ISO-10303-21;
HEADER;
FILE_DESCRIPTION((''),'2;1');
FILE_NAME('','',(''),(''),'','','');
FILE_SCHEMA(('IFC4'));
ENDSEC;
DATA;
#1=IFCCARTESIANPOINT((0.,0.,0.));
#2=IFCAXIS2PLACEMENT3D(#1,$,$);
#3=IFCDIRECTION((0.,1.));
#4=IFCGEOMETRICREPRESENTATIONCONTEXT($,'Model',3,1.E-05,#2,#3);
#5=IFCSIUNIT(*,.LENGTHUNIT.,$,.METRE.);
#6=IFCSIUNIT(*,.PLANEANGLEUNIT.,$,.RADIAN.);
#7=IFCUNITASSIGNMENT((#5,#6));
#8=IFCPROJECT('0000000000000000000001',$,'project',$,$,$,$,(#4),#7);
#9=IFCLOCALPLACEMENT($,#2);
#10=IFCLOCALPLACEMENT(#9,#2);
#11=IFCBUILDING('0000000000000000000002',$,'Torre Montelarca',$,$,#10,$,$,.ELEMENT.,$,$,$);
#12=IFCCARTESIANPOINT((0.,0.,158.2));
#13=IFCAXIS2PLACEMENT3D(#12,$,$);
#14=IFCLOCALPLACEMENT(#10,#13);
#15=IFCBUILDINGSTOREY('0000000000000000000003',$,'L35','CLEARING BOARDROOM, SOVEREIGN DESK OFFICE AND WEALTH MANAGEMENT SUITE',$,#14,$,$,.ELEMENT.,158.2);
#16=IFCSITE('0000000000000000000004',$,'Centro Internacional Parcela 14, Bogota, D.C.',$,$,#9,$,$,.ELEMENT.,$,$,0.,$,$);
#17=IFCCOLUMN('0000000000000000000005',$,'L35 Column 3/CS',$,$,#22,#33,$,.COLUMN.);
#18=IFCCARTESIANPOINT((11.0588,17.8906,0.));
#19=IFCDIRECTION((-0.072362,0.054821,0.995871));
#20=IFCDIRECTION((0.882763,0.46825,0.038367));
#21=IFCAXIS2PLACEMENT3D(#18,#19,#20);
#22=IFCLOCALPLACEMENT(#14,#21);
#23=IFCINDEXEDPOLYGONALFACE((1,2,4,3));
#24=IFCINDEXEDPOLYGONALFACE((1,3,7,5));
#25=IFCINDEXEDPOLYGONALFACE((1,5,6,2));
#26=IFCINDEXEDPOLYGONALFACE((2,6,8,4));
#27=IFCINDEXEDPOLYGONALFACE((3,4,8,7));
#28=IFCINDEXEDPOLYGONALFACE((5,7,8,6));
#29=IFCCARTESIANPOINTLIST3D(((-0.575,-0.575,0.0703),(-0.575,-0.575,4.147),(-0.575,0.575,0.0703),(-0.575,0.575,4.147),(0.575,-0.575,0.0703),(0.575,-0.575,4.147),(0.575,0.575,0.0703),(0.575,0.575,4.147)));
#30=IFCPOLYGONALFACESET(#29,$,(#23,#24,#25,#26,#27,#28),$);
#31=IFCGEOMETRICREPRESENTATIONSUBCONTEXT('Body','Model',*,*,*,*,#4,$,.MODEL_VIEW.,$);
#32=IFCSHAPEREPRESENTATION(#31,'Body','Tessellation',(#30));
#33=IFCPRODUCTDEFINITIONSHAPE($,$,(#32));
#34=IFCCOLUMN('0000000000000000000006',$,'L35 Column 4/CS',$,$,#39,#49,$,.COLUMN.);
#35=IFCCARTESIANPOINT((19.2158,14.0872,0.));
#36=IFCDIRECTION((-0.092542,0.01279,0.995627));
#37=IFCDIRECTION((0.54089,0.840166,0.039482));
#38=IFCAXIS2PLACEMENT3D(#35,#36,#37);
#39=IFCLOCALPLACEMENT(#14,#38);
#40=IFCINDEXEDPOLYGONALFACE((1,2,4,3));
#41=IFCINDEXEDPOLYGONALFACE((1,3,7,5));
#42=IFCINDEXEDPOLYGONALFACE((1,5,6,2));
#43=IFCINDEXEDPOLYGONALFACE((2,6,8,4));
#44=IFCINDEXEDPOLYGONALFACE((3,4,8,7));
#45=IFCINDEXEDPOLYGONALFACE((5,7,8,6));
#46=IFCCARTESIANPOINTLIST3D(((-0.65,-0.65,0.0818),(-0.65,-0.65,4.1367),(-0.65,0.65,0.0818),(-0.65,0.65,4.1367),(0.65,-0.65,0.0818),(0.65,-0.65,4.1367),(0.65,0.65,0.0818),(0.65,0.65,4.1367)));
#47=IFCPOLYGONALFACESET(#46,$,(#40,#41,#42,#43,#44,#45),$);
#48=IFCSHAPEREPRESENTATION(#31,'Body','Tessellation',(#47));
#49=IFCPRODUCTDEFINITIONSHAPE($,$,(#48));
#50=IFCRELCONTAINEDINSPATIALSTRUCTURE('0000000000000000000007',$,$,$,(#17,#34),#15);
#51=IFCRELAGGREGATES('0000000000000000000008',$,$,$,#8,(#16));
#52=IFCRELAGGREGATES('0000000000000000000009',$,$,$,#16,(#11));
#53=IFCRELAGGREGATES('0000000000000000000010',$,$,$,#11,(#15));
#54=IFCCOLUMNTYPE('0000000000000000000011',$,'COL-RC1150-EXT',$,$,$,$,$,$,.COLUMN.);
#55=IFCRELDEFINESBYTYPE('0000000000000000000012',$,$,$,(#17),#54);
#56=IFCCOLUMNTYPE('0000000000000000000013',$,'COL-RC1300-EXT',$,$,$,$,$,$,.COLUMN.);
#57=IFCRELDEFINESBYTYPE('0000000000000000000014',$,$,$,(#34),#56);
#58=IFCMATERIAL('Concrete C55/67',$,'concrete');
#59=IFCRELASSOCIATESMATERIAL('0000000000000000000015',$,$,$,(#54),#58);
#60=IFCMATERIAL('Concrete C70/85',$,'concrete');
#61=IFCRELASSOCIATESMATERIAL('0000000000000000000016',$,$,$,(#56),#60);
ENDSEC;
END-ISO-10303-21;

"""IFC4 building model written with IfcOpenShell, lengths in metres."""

from ifc_helpers import new_model, si_unit, direction, frame, origin, origin_2d, place, context, subcontext, project, spatial, rectangle, extrude, clip, halfspace, material, material_profile, profile_set, type_object, element, save


model = new_model("IFC4")

# Units and contexts
model_context = context("Model", 3, precision=1e-05, world=origin(), true_north=direction((0.0, 1.0)))
body_context = subcontext(model_context, "Body", "Model", "MODEL_VIEW")
ifc_project = project(units=[si_unit("LENGTHUNIT", "METRE"), si_unit("PLANEANGLEUNIT", "RADIAN")], contexts=[model_context])

# Site, building, storey
site_placement = place(None, origin())
site = spatial("IfcSite", under=ifc_project, at=site_placement, Name="Centro Internacional Parcela 14, Bogota, D.C.", CompositionType="ELEMENT", RefElevation=0.0)
building_placement = place(site_placement, origin())
building = spatial("IfcBuilding", under=site, at=building_placement, Name="Torre Montelarca", CompositionType="ELEMENT")
storey_placement = place(building_placement, frame((0.0, 0.0, 158.2)))
storey = spatial("IfcBuildingStorey", under=building, at=storey_placement, Name="L35", Description="CLEARING BOARDROOM, SOVEREIGN DESK OFFICE AND WEALTH MANAGEMENT SUITE", CompositionType="ELEMENT", Elevation=158.2)

# Columns
ifc_material_1 = material(Name="Concrete C55/67", Category="concrete")
ifc_material_profile_1 = material_profile(ifc_material_1, rectangle(XDim=1.1499, YDim=1.1499, at=origin_2d()), Name="RC1150X1150", Category="concrete")
ifc_profile_set_1 = profile_set([ifc_material_profile_1], Name="Concrete C55/67")
column_type_1 = type_object("IfcColumnType", Name="COL-RC1150-EXT", PredefinedType="COLUMN", material=ifc_profile_set_1)
column_1_placement = place(storey_placement, frame((11.0588, 17.8906, 0.0), z_axis=(-0.072362, 0.054821, 0.995871), x_axis=(0.882763, 0.46825, 0.038367)))
element("IfcColumn", 1, at=column_1_placement, inside=storey, type_object=column_type_1, Name="L35 Column 3/CS", PredefinedType="COLUMN", context=body_context, shape_type="Clipping", body=[
    clip(clip(extrude(rectangle(XDim=1.1499, YDim=1.1499, at=origin_2d()), origin(), (0.0, 0.0, 1.0), 4.2173), halfspace(frame((0.0, 0.0, 0.0703), z_axis=(0.0, 0.0, -1.0), x_axis=(1.0, 0.0, 0.0)), False)), halfspace(frame((0.0, 0.0, 4.147), z_axis=(0.0, 0.0, 1.0), x_axis=(1.0, 0.0, 0.0)), False)),
])
ifc_material_2 = material(Name="Concrete C70/85", Category="concrete")
ifc_material_profile_2 = material_profile(ifc_material_2, rectangle(XDim=1.3, YDim=1.3, at=origin_2d()), Name="RC1300X1300", Category="concrete")
ifc_profile_set_2 = profile_set([ifc_material_profile_2], Name="Concrete C70/85")
column_type_2 = type_object("IfcColumnType", Name="COL-RC1300-EXT", PredefinedType="COLUMN", material=ifc_profile_set_2)
column_2_placement = place(storey_placement, frame((19.2158, 14.0872, 0.0), z_axis=(-0.092542, 0.01279, 0.995627), x_axis=(0.54089, 0.840166, 0.039482)))
element("IfcColumn", 2, at=column_2_placement, inside=storey, type_object=column_type_2, Name="L35 Column 4/CS", PredefinedType="COLUMN", context=body_context, shape_type="Clipping", body=[
    clip(clip(extrude(rectangle(XDim=1.3, YDim=1.3, at=origin_2d()), origin(), (0.0, 0.0, 1.0), 4.2185), halfspace(frame((0.0, 0.0, 0.0818), z_axis=(0.0, 0.0, -1.0), x_axis=(1.0, 0.0, 0.0)), False)), halfspace(frame((0.0, 0.0, 4.1367), z_axis=(0.0, 0.0, 1.0), x_axis=(1.0, 0.0, 0.0)), False)),
])

save(model, "model.ifc")
